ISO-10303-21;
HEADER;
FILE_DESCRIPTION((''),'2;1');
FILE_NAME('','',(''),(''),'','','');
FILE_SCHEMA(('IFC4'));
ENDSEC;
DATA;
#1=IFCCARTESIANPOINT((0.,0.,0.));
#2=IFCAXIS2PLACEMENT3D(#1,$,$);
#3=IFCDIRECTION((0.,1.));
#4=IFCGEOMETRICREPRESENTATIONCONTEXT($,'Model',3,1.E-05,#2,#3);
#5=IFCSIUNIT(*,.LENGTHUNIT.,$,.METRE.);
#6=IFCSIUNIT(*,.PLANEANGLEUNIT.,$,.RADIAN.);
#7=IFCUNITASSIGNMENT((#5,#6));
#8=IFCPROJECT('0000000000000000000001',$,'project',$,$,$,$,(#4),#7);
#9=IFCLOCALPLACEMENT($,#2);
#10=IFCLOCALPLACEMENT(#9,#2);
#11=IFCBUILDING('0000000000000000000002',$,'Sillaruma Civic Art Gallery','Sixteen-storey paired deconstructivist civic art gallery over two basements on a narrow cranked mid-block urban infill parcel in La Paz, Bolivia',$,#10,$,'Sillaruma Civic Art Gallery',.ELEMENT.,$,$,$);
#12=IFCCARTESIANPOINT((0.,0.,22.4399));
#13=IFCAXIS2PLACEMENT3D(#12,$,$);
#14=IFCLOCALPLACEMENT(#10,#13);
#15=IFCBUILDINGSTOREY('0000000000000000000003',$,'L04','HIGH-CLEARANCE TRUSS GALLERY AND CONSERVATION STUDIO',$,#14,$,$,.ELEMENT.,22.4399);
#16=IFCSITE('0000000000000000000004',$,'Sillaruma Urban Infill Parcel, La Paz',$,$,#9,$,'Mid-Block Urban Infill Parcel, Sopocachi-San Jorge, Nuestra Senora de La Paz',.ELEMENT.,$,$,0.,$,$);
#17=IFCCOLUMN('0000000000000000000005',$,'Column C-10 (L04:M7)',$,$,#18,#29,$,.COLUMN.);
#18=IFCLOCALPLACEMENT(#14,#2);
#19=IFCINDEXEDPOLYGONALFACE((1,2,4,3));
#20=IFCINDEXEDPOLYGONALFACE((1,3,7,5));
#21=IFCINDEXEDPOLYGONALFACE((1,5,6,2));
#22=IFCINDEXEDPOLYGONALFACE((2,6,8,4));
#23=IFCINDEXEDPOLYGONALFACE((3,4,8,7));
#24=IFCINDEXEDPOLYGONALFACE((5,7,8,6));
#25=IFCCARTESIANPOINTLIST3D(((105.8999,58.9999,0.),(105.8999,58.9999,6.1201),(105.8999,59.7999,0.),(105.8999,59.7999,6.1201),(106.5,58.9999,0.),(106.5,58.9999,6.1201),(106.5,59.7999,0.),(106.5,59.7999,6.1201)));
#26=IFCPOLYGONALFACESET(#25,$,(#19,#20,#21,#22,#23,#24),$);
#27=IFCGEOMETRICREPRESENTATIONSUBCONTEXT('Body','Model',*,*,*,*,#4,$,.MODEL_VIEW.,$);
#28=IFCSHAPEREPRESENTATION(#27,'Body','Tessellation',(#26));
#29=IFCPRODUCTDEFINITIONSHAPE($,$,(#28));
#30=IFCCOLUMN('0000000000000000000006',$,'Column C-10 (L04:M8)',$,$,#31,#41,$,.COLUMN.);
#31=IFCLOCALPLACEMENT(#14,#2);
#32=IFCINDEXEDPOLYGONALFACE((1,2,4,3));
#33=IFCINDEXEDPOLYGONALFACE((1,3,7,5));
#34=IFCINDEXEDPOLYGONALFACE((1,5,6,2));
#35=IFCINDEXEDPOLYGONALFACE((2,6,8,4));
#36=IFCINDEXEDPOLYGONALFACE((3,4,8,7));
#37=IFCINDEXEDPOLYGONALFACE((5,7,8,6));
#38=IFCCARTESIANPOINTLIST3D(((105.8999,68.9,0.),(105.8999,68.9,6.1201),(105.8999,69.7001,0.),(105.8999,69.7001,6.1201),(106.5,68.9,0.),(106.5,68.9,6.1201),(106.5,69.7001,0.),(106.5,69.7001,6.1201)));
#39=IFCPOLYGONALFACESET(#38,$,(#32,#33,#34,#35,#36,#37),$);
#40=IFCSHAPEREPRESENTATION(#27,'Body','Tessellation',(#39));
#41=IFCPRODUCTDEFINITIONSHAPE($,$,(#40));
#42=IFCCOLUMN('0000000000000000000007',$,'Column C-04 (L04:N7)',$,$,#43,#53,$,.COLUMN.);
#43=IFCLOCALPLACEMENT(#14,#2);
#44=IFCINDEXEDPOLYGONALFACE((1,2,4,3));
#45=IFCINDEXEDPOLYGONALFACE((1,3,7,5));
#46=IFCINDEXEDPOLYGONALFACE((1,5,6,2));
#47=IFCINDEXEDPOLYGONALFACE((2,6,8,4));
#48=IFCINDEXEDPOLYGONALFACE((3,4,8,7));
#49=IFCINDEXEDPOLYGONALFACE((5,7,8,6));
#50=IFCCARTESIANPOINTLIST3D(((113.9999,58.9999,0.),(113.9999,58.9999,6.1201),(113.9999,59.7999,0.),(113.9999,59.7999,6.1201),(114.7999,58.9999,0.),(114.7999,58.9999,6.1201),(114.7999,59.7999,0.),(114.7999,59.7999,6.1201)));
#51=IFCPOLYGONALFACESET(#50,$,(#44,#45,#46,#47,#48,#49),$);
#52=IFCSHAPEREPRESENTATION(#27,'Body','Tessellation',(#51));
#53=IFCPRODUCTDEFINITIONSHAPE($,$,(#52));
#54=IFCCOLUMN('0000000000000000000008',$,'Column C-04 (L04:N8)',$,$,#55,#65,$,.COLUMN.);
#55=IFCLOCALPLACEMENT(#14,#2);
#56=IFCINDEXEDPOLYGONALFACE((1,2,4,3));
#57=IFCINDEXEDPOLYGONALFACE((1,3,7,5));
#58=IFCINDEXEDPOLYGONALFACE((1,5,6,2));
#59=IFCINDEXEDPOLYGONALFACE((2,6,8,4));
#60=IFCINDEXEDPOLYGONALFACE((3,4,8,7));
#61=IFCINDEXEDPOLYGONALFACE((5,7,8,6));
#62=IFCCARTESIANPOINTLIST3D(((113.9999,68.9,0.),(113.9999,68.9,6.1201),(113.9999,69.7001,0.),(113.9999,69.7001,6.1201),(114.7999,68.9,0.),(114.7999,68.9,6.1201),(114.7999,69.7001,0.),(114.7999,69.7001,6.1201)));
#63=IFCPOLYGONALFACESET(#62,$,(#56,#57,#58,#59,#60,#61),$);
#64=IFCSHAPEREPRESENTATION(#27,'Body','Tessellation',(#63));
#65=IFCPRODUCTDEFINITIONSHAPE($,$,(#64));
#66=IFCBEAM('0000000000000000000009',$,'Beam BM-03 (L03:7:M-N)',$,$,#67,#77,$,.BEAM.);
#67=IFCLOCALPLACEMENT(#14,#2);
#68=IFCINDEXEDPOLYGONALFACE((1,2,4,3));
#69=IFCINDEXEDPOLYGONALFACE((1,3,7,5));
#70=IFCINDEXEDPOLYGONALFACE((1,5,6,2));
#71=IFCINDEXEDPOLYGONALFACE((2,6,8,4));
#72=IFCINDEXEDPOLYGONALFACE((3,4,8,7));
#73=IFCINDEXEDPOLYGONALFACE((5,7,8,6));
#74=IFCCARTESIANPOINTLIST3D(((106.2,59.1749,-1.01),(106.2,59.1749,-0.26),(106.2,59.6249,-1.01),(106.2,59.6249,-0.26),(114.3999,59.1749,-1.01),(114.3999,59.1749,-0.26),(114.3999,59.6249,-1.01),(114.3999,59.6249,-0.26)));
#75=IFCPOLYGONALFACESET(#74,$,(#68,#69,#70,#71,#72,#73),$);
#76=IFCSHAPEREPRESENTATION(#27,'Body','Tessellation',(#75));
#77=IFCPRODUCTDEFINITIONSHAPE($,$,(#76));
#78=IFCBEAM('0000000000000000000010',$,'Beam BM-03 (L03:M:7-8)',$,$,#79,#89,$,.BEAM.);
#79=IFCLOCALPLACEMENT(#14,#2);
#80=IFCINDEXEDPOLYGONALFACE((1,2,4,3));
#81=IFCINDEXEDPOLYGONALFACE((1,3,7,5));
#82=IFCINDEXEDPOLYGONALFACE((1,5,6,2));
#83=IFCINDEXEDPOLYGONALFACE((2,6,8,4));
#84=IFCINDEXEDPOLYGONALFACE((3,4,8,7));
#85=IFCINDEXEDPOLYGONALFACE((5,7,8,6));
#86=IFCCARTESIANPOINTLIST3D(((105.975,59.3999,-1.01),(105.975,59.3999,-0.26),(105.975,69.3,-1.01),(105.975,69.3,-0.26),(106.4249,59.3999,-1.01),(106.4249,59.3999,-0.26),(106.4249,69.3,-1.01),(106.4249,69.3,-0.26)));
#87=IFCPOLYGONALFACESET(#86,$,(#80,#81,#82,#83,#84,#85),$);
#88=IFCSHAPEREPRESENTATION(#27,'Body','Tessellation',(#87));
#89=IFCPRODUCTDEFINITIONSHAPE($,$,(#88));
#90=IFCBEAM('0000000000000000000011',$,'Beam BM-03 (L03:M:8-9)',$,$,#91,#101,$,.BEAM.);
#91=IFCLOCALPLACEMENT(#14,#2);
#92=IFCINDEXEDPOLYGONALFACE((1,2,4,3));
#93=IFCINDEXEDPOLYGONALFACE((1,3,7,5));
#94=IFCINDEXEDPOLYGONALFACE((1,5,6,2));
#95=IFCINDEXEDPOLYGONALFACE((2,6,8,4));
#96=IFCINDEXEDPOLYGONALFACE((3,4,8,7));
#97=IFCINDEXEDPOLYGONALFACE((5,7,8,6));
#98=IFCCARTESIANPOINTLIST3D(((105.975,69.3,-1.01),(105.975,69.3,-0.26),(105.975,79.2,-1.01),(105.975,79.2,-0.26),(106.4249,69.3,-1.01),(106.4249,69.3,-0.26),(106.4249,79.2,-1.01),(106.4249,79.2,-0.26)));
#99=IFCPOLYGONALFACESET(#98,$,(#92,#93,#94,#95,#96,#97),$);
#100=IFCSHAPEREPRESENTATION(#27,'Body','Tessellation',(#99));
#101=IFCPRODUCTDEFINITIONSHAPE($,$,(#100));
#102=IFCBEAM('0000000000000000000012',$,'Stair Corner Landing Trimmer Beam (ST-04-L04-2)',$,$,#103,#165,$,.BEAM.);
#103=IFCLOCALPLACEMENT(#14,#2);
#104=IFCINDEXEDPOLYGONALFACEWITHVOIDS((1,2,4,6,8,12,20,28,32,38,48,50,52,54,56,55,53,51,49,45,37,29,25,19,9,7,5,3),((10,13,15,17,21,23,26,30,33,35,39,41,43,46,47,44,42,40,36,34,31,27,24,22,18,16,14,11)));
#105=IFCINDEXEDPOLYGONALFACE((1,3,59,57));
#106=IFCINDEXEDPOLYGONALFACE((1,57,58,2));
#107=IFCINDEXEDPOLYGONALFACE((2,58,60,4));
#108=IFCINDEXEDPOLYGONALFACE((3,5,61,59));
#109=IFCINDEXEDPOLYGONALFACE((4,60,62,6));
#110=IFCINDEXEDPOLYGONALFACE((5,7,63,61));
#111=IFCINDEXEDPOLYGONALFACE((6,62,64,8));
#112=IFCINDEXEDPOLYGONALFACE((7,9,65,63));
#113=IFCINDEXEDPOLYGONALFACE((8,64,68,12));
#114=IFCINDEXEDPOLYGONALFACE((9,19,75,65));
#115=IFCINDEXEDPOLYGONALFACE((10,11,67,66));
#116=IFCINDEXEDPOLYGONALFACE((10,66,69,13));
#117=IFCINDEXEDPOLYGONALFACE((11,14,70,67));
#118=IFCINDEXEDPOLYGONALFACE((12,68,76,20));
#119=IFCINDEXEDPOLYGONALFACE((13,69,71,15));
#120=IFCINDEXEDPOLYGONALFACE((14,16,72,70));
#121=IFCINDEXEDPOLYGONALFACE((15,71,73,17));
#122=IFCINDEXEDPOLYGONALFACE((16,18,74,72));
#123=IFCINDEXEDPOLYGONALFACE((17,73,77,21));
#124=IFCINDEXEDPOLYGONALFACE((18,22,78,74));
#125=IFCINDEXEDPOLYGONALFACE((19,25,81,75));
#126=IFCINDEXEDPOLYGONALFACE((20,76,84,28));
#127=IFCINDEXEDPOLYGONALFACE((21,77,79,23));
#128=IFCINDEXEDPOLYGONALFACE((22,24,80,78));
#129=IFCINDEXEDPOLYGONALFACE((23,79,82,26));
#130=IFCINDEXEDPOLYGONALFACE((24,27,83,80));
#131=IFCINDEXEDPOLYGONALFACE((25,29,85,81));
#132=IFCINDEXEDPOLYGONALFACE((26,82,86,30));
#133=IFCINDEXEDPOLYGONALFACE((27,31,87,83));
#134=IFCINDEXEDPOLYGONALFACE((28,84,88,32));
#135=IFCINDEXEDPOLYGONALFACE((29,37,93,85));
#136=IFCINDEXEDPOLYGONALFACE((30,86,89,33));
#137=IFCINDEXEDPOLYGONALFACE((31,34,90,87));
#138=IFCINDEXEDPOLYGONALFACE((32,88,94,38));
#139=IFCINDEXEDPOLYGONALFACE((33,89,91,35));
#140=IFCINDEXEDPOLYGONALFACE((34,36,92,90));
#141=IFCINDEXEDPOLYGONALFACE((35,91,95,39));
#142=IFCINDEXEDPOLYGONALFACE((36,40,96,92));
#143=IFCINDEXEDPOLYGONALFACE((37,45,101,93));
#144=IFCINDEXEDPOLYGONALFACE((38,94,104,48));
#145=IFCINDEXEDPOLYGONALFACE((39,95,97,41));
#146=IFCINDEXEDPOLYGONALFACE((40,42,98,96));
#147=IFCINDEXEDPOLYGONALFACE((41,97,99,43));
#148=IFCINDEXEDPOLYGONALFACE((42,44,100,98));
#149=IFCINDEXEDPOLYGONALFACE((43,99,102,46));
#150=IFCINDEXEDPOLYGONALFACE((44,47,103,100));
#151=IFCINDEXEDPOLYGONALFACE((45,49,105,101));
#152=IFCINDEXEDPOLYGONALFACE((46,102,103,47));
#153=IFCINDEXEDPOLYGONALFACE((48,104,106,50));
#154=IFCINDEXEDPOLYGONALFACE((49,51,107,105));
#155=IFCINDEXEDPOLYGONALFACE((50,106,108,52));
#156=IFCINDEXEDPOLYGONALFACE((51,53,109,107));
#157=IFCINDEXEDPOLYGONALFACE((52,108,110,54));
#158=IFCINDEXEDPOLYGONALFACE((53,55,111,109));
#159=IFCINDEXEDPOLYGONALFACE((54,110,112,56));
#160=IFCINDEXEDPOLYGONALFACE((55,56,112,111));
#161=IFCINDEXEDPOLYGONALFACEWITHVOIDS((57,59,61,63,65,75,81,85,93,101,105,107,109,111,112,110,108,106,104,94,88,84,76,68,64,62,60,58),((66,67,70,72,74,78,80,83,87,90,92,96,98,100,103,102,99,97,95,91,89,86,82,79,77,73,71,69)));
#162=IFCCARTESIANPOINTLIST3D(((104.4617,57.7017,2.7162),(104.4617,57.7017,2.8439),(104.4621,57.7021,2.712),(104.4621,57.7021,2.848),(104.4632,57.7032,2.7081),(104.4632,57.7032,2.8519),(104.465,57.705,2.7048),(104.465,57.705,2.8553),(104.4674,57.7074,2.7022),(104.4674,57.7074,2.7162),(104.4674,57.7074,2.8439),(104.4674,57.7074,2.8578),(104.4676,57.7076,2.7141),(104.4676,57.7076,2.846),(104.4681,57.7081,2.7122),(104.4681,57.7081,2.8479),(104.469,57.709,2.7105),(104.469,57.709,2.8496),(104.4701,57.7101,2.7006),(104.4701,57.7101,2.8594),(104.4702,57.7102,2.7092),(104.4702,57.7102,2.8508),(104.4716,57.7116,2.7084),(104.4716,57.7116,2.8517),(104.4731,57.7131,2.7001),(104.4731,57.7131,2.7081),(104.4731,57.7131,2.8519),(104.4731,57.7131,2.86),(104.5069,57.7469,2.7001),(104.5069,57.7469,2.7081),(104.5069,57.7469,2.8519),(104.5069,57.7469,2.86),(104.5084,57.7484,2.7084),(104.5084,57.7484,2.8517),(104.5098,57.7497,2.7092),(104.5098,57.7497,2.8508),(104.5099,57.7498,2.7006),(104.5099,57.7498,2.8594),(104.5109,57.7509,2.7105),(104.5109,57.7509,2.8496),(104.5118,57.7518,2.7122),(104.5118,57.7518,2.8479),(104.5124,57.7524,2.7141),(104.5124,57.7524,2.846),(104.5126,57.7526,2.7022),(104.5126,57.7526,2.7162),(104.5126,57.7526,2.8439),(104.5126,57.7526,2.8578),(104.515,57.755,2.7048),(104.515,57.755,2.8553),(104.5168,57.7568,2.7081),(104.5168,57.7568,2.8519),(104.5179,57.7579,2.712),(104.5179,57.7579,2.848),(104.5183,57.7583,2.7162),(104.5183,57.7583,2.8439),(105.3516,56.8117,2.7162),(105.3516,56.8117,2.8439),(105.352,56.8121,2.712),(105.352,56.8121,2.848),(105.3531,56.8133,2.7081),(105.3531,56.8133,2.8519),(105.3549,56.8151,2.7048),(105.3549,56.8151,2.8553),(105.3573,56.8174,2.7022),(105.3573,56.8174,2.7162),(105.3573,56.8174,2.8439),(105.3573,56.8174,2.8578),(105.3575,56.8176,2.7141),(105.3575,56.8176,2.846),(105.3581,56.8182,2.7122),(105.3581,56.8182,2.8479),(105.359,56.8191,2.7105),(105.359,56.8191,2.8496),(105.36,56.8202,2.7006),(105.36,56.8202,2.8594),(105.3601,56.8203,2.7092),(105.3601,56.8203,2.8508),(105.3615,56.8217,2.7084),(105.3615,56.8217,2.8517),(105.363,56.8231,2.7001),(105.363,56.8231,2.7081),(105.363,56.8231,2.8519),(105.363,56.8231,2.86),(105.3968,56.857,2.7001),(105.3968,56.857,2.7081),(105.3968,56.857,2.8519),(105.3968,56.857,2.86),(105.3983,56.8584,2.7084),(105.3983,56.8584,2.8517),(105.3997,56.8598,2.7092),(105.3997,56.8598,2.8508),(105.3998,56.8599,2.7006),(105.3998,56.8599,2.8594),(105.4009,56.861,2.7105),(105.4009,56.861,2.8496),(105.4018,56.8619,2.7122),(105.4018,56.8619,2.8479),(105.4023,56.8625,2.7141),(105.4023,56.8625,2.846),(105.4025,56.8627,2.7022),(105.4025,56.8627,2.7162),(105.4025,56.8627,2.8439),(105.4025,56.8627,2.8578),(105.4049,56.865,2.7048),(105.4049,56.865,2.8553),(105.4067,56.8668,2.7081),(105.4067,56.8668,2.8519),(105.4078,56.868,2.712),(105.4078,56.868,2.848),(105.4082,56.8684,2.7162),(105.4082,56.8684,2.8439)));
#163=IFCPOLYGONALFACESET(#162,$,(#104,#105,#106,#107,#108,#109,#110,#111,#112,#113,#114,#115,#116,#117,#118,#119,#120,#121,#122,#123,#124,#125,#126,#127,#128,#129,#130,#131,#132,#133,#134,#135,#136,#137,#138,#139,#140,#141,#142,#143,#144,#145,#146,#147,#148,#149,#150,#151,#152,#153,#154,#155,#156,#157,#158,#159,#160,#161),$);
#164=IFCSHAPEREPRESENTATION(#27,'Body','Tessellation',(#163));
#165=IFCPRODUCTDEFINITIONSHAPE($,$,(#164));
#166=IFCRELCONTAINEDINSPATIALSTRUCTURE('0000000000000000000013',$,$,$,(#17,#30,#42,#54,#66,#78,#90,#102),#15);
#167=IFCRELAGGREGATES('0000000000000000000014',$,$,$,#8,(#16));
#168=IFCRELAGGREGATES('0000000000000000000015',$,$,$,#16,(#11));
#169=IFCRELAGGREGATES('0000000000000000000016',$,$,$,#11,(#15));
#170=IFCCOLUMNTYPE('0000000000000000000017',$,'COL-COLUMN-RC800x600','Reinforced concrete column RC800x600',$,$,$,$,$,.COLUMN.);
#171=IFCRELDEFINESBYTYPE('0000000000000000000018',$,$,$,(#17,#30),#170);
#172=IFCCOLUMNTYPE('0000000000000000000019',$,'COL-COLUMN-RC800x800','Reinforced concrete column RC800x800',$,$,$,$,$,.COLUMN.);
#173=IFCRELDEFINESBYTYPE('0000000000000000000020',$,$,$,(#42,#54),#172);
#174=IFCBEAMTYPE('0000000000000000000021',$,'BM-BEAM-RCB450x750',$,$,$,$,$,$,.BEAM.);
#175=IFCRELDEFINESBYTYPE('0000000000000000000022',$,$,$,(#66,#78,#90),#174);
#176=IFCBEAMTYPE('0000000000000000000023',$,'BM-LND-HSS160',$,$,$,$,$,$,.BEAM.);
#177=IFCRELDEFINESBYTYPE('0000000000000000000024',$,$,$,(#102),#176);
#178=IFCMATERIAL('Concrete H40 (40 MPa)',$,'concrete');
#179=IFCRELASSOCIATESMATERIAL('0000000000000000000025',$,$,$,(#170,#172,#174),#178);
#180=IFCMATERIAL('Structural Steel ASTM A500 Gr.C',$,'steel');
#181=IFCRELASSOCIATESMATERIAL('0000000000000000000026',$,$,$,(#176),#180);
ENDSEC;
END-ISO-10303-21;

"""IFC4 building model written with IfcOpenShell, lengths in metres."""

from ifc_helpers import new_model, si_unit, direction, frame, origin, origin_2d, place, context, subcontext, project, spatial, rectangle, hollow_rectangle, extrude, material, material_profile, profile_set, type_object, element, save


model = new_model("IFC4")

# Units and contexts
model_context = context("Model", 3, precision=1e-05, world=origin(), true_north=direction((0.0, 1.0)))
body_context = subcontext(model_context, "Body", "Model", "MODEL_VIEW")
ifc_project = project(units=[si_unit("LENGTHUNIT", "METRE"), si_unit("PLANEANGLEUNIT", "RADIAN")], contexts=[model_context])

# Site, building, storey
site_placement = place(None, origin())
site = spatial("IfcSite", under=ifc_project, at=site_placement, Name="Sillaruma Urban Infill Parcel, La Paz", LongName="Mid-Block Urban Infill Parcel, Sopocachi-San Jorge, Nuestra Senora de La Paz", CompositionType="ELEMENT", RefElevation=0.0)
building_placement = place(site_placement, origin())
building = spatial("IfcBuilding", under=site, at=building_placement, Name="Sillaruma Civic Art Gallery", Description="Sixteen-storey paired deconstructivist civic art gallery over two basements on a narrow cranked mid-block urban infill parcel in La Paz, Bolivia", LongName="Sillaruma Civic Art Gallery", CompositionType="ELEMENT")
storey_placement = place(building_placement, frame((0.0, 0.0, 22.4399)))
storey = spatial("IfcBuildingStorey", under=building, at=storey_placement, Name="L04", Description="HIGH-CLEARANCE TRUSS GALLERY AND CONSERVATION STUDIO", CompositionType="ELEMENT", Elevation=22.4399)

# Columns
ifc_material_1 = material(Name="Concrete H40 (40 MPa)", Category="concrete")
ifc_material_profile_1 = material_profile(ifc_material_1, rectangle(XDim=0.6001, YDim=0.8, at=origin_2d()), Name="RC800x600")
ifc_profile_set_1 = profile_set([ifc_material_profile_1], Name="Concrete H40 (40 MPa)")
column_type_1 = type_object("IfcColumnType", Name="COL-COLUMN-RC800x600", Description="Reinforced concrete column RC800x600", PredefinedType="COLUMN", material=ifc_profile_set_1)
for number, where, z_axis, x_axis, name in (
    (1, (106.2, 59.3999, 0.0), (0.0, 0.0, 1.0), (1.0, 0.0, 0.0), "Column C-10 (L04:M7)"),
    (2, (106.2, 69.3, 0.0), (0.0, 0.0, 1.0), (1.0, 0.0, 0.0), "Column C-10 (L04:M8)"),
):
    element("IfcColumn", number, at=place(storey_placement, frame(where, z_axis=z_axis, x_axis=x_axis)), inside=storey, type_object=column_type_1, Name=name, PredefinedType="COLUMN", context=body_context, shape_type="SweptSolid", body=[
        extrude(rectangle(XDim=0.6001, YDim=0.8, at=origin_2d()), origin(), (0.0, 0.0, 1.0), 6.1201),
    ])
ifc_material_profile_2 = material_profile(ifc_material_1, rectangle(XDim=0.8, YDim=0.8, at=origin_2d()), Name="RC800x800")
ifc_profile_set_2 = profile_set([ifc_material_profile_2], Name="Concrete H40 (40 MPa)")
column_type_2 = type_object("IfcColumnType", Name="COL-COLUMN-RC800x800", Description="Reinforced concrete column RC800x800", PredefinedType="COLUMN", material=ifc_profile_set_2)
for number, where, z_axis, x_axis, name in (
    (3, (114.3999, 59.3999, 0.0), (0.0, 0.0, 1.0), (1.0, 0.0, 0.0), "Column C-04 (L04:N7)"),
    (4, (114.3999, 69.3, 0.0), (0.0, 0.0, 1.0), (1.0, 0.0, 0.0), "Column C-04 (L04:N8)"),
):
    element("IfcColumn", number, at=place(storey_placement, frame(where, z_axis=z_axis, x_axis=x_axis)), inside=storey, type_object=column_type_2, Name=name, PredefinedType="COLUMN", context=body_context, shape_type="SweptSolid", body=[
        extrude(rectangle(XDim=0.8, YDim=0.8, at=origin_2d()), origin(), (0.0, 0.0, 1.0), 6.1201),
    ])

# Beams
ifc_material_profile_3 = material_profile(ifc_material_1, rectangle(XDim=0.45, YDim=0.75, at=origin_2d()), Name="RCB450x750")
ifc_profile_set_3 = profile_set([ifc_material_profile_3], Name="Concrete H40 (40 MPa)")
beam_type_1 = type_object("IfcBeamType", Name="BM-BEAM-RCB450x750", PredefinedType="BEAM", material=ifc_profile_set_3)
beam_1_placement = place(storey_placement, frame((106.2, 59.3999, -0.635), z_axis=(1.0, 0.0, 0.0), x_axis=(0.0, 1.0, 0.0)))
element("IfcBeam", 5, at=beam_1_placement, inside=storey, type_object=beam_type_1, Name="Beam BM-03 (L03:7:M-N)", PredefinedType="BEAM", context=body_context, shape_type="SweptSolid", body=[
    extrude(rectangle(XDim=0.45, YDim=0.75, at=origin_2d()), origin(), (0.0, 0.0, 1.0), 8.2),
])
beam_2_placement = place(storey_placement, frame((106.2, 59.3999, -0.635), z_axis=(0.0, 1.0, 0.0), x_axis=(-1.0, 0.0, 0.0)))
element("IfcBeam", 6, at=beam_2_placement, inside=storey, type_object=beam_type_1, Name="Beam BM-03 (L03:M:7-8)", PredefinedType="BEAM", context=body_context, shape_type="SweptSolid", body=[
    extrude(rectangle(XDim=0.45, YDim=0.75, at=origin_2d()), origin(), (0.0, 0.0, 1.0), 9.9001),
])
beam_3_placement = place(storey_placement, frame((106.2, 69.3, -0.635), z_axis=(0.0, 1.0, 0.0), x_axis=(-1.0, 0.0, 0.0)))
element("IfcBeam", 7, at=beam_3_placement, inside=storey, type_object=beam_type_1, Name="Beam BM-03 (L03:M:8-9)", PredefinedType="BEAM", context=body_context, shape_type="SweptSolid", body=[
    extrude(rectangle(XDim=0.45, YDim=0.75, at=origin_2d()), origin(), (0.0, 0.0, 1.0), 9.8999),
])
ifc_material_2 = material(Name="Structural Steel ASTM A500 Gr.C", Category="steel")
ifc_material_profile_4 = material_profile(ifc_material_2, hollow_rectangle(XDim=0.0801, YDim=0.1599, WallThickness=0.0081, InnerFilletRadius=0.0081, OuterFilletRadius=0.0161, at=origin_2d()), Name="HSS160x80x8")
ifc_profile_set_4 = profile_set([ifc_material_profile_4], Name="Structural Steel ASTM A500 Gr.C")
beam_type_2 = type_object("IfcBeamType", Name="BM-LND-HSS160", PredefinedType="BEAM", material=ifc_profile_set_4)
beam_4_placement = place(storey_placement, frame((104.49, 57.73, 2.78), z_axis=(0.707107, -0.707107, 0.0), x_axis=(0.707107, 0.707107, 0.0)))
element("IfcBeam", 8, at=beam_4_placement, inside=storey, type_object=beam_type_2, Name="Stair Corner Landing Trimmer Beam (ST-04-L04-2)", PredefinedType="BEAM", context=body_context, shape_type="SweptSolid", body=[
    extrude(hollow_rectangle(XDim=0.0801, YDim=0.1599, WallThickness=0.0081, InnerFilletRadius=0.0081, OuterFilletRadius=0.0161, at=origin_2d()), origin(), (0.0, 0.0, 1.0), 1.2585),
])

save(model, "model.ifc")
